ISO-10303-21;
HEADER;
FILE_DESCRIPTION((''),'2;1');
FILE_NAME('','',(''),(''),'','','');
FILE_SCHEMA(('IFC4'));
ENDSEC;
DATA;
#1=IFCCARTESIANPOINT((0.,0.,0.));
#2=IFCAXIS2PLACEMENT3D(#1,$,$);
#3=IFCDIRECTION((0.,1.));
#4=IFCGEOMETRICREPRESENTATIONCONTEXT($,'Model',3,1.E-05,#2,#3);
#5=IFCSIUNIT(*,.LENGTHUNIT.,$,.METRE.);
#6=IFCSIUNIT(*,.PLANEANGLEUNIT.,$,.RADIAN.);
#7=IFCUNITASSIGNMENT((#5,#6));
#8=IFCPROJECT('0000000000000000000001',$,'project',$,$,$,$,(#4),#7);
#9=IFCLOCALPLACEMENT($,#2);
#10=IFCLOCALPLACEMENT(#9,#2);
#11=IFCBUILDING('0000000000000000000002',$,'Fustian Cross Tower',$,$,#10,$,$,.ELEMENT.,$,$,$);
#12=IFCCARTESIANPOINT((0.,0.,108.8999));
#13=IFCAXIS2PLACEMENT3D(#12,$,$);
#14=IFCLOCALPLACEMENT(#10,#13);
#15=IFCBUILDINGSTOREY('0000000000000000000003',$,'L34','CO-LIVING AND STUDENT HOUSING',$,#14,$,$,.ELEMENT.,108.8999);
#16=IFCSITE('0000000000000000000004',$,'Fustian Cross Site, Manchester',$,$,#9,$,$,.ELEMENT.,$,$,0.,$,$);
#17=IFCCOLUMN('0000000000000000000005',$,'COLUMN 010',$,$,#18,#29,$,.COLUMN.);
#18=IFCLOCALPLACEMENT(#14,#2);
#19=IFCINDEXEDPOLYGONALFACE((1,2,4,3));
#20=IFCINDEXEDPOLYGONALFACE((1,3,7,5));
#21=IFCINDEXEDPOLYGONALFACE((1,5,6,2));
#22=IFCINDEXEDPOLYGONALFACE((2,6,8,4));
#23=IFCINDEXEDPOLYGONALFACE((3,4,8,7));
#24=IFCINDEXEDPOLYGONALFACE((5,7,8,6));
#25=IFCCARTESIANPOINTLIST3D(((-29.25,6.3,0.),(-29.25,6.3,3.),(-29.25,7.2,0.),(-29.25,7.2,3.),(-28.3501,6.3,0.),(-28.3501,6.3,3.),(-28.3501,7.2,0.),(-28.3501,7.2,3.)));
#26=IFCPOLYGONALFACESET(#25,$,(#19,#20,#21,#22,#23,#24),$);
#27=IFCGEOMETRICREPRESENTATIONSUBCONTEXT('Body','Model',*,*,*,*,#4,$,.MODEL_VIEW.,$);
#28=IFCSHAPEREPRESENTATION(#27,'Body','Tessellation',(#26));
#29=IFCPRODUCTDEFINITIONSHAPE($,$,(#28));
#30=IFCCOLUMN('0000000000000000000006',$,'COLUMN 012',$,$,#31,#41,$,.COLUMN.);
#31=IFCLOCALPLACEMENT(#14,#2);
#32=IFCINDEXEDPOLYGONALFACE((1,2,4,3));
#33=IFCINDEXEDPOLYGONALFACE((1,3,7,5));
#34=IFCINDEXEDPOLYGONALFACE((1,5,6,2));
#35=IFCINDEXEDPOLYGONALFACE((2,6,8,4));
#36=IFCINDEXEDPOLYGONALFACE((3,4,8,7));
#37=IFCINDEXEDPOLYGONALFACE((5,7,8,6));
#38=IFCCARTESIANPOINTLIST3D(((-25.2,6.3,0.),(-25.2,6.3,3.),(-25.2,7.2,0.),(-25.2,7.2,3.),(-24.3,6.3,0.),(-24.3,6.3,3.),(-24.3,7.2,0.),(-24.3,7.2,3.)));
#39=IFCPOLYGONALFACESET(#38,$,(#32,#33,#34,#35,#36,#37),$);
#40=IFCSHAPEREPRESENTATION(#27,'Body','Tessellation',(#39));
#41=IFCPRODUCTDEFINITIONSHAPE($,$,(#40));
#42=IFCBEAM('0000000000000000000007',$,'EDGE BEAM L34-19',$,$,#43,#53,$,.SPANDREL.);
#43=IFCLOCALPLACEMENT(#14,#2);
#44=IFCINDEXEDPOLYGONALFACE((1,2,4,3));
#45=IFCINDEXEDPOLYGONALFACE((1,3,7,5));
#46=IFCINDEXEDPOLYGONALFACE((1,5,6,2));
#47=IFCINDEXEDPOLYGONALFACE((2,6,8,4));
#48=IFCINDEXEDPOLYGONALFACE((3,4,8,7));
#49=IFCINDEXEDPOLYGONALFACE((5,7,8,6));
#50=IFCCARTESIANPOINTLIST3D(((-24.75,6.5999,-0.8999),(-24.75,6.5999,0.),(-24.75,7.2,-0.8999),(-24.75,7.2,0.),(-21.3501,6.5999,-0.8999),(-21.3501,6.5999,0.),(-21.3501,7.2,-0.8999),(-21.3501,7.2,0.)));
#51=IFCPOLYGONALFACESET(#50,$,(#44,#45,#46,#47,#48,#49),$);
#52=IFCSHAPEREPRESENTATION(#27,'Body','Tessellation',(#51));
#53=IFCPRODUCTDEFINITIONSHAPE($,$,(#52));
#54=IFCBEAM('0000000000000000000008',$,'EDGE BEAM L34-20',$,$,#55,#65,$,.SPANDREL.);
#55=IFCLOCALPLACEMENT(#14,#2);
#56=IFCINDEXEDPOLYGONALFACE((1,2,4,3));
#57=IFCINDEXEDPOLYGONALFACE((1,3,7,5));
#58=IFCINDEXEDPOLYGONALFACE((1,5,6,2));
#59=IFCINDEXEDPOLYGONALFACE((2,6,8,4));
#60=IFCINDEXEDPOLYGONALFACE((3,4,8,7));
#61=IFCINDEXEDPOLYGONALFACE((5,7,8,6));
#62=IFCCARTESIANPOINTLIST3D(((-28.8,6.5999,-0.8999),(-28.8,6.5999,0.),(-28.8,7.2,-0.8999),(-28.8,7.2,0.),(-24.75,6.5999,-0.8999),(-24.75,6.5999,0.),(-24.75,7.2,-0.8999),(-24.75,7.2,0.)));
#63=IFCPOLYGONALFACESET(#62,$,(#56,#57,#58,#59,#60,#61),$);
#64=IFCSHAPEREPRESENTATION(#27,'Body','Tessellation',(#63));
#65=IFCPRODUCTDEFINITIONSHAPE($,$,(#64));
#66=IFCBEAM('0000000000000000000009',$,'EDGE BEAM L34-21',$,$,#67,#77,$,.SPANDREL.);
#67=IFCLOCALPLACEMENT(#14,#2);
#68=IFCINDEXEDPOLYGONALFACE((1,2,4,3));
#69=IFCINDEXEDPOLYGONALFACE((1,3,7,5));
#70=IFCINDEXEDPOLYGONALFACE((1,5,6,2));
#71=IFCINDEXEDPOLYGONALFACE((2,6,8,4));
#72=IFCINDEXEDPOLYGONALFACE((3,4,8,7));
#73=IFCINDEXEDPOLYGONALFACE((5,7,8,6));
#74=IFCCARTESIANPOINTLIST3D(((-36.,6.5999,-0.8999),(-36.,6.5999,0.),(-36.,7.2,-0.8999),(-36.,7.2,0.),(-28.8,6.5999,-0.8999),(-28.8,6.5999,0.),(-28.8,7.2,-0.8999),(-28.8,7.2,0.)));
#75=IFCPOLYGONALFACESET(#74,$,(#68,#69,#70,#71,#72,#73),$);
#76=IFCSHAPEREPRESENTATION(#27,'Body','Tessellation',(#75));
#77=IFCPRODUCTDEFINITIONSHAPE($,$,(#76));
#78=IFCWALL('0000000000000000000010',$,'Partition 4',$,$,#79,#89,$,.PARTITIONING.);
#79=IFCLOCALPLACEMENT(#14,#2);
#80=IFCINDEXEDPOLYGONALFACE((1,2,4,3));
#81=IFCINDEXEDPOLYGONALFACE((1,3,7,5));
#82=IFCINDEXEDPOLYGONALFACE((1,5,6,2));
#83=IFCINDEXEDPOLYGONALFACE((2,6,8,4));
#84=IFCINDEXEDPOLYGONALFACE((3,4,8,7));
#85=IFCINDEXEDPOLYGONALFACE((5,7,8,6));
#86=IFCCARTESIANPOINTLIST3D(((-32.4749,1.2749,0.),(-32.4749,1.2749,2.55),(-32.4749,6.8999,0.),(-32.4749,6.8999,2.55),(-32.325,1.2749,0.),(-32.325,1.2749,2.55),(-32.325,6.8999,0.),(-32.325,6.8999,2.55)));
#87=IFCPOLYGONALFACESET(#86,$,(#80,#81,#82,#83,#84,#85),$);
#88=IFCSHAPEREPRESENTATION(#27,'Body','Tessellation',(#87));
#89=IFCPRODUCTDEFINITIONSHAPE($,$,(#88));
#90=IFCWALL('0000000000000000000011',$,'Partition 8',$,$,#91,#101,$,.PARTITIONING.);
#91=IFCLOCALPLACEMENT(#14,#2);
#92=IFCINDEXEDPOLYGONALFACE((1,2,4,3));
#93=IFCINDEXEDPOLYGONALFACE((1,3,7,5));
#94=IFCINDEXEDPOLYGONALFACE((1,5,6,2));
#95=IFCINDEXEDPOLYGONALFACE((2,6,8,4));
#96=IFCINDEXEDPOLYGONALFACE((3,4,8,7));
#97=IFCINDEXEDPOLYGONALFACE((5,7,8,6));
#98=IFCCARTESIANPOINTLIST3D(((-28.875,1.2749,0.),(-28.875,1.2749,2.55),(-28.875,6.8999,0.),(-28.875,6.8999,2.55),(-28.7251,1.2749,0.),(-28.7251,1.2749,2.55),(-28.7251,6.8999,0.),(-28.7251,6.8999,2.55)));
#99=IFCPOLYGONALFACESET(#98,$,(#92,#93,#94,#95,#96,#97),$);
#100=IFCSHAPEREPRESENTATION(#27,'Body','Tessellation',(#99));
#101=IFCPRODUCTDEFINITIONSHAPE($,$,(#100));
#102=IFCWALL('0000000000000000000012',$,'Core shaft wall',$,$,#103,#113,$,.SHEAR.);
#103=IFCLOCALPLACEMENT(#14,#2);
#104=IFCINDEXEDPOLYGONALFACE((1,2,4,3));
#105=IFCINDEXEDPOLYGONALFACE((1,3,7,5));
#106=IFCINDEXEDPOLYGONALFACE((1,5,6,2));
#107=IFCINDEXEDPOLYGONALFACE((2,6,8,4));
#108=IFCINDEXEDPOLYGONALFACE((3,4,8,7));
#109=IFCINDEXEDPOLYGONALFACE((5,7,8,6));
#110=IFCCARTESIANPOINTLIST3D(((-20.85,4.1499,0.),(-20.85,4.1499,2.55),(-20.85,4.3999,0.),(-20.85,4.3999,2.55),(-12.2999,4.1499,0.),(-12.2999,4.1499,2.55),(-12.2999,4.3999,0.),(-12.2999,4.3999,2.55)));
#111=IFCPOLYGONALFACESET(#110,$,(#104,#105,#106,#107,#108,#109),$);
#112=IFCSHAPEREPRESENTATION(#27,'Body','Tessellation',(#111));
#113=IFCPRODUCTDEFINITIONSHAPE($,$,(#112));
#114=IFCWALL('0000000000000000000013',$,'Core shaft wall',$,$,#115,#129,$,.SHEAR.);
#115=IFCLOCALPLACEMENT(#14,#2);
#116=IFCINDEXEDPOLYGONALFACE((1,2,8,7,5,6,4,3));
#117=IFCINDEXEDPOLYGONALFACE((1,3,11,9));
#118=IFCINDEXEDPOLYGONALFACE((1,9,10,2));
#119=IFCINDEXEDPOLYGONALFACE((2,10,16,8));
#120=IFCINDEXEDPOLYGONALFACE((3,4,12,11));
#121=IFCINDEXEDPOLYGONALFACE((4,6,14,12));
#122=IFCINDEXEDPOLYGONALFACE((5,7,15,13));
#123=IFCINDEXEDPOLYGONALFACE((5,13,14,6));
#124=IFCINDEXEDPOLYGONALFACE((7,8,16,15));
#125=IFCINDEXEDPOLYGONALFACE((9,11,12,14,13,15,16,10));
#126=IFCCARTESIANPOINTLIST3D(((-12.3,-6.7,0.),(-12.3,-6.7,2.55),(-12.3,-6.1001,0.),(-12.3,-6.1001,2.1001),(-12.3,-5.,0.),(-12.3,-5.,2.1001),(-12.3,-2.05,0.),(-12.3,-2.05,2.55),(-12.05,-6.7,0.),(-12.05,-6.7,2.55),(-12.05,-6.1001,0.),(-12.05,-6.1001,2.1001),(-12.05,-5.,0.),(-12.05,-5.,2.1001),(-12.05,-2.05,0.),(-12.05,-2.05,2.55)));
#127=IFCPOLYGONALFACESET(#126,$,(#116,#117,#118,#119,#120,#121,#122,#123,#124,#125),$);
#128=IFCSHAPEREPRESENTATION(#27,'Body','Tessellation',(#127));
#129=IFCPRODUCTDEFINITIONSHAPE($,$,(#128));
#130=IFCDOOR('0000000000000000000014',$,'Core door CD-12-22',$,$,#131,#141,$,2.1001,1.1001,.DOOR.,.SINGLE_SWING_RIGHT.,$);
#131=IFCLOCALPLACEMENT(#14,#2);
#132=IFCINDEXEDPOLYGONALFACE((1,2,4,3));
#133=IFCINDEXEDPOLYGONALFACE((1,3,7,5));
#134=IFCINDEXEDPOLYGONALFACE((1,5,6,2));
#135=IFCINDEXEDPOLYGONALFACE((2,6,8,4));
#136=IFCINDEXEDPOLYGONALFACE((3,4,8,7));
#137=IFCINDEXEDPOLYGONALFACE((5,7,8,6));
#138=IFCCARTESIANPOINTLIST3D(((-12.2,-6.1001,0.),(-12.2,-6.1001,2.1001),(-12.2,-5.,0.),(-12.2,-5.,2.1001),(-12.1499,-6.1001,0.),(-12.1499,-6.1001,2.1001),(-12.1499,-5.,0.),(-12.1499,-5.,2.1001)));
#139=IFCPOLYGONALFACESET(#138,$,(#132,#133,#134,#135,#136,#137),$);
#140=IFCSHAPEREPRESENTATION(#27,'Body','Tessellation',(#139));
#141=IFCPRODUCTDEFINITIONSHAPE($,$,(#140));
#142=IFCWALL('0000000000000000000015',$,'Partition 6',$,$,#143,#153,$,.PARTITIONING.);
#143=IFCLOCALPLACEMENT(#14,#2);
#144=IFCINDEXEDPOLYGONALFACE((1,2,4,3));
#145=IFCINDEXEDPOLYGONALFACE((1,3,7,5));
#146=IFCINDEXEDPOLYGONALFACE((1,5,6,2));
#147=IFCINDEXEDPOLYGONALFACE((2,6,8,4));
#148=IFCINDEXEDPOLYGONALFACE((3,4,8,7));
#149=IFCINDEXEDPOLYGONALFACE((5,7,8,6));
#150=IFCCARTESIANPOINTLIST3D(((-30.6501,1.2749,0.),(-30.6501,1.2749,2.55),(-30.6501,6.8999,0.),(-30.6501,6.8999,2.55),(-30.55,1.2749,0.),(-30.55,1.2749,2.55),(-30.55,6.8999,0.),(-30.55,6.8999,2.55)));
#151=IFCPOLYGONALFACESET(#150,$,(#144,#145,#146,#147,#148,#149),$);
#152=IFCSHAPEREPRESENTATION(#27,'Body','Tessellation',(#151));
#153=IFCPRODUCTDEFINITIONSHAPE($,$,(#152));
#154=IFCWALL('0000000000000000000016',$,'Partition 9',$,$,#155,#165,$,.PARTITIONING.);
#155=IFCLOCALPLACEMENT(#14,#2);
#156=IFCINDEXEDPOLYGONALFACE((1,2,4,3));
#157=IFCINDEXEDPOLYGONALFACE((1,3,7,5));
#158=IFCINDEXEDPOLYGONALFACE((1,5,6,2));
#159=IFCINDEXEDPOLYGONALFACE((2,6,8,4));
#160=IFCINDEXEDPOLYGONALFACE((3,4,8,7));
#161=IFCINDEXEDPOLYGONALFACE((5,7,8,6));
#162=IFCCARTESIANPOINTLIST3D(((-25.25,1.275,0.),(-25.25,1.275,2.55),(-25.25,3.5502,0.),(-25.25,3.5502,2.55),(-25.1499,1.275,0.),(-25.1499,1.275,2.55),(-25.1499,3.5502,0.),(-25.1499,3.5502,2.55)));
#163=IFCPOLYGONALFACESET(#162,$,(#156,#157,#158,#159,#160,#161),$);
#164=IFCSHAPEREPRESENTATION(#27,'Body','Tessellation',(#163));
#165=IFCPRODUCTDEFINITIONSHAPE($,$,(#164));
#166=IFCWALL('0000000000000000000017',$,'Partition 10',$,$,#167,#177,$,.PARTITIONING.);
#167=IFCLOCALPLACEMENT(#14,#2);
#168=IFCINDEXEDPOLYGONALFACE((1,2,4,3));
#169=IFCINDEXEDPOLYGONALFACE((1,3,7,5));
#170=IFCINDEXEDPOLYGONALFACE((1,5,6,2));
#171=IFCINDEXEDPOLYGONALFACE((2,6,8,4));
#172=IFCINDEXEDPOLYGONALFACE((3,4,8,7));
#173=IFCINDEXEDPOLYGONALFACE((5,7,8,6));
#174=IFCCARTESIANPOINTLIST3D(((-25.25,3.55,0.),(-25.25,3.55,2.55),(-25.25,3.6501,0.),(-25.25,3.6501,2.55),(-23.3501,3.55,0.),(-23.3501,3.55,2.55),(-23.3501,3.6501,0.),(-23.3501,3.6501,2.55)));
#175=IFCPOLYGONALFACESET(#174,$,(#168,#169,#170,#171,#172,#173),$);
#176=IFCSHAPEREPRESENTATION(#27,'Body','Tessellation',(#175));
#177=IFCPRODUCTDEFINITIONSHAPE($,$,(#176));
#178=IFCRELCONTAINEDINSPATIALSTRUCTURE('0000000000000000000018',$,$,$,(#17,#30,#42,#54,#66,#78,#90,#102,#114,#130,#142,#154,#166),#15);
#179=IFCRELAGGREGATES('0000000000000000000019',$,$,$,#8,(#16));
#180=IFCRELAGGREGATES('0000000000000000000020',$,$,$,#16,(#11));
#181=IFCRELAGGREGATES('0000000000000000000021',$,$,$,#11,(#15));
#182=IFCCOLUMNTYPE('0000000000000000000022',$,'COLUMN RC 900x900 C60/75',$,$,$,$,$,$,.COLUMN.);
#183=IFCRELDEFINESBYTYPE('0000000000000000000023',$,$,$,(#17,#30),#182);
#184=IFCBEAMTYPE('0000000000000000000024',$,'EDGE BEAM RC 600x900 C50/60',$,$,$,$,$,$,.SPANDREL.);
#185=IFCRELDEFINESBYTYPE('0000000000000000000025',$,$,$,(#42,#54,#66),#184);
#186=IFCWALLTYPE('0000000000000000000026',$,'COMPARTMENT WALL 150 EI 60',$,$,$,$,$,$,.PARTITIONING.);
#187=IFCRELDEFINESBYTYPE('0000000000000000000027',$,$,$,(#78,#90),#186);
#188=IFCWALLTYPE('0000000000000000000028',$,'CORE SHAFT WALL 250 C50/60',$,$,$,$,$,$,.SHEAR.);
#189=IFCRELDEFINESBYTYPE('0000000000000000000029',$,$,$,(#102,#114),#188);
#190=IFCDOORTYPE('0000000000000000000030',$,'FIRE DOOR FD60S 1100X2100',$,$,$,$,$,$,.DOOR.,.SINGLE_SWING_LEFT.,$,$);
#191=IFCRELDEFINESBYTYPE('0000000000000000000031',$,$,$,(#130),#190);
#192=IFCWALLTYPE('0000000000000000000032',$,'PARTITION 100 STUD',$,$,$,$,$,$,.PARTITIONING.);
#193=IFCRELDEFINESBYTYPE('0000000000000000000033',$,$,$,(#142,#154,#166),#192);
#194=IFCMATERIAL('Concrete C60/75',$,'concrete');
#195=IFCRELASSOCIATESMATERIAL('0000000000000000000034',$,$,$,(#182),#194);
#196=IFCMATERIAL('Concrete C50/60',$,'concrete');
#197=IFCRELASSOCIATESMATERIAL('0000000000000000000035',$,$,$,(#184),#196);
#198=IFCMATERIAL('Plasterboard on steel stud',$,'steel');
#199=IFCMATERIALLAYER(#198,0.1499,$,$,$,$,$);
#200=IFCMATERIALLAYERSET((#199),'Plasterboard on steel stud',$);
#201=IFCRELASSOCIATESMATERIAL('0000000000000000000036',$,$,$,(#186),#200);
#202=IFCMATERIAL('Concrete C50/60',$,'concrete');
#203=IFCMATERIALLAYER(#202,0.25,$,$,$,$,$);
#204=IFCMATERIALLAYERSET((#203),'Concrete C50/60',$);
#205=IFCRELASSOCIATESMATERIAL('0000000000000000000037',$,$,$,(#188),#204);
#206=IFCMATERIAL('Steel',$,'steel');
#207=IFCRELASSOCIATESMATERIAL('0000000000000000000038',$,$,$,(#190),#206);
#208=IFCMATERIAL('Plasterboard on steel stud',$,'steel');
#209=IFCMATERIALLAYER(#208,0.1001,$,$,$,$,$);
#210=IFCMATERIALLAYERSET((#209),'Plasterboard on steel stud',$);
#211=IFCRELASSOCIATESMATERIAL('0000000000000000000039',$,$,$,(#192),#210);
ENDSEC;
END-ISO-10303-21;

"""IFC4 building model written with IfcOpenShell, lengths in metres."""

from ifc_helpers import new_model, si_unit, direction, frame, frame_2d, origin, origin_2d, place, context, subcontext, project, spatial, rectangle, extrude, material, layer, layer_set, material_profile, profile_set, type_object, element, fill, save


model = new_model("IFC4")

# Units and contexts
model_context = context("Model", 3, precision=1e-05, world=origin(), true_north=direction((0.0, 1.0)))
body_context = subcontext(model_context, "Body", "Model", "MODEL_VIEW")
ifc_project = project(units=[si_unit("LENGTHUNIT", "METRE"), si_unit("PLANEANGLEUNIT", "RADIAN")], contexts=[model_context])

# Site, building, storey
site_placement = place(None, origin())
site = spatial("IfcSite", under=ifc_project, at=site_placement, Name="Fustian Cross Site, Manchester", CompositionType="ELEMENT", RefElevation=0.0)
building_placement = place(site_placement, origin())
building = spatial("IfcBuilding", under=site, at=building_placement, Name="Fustian Cross Tower", CompositionType="ELEMENT")
storey_placement = place(building_placement, frame((0.0, 0.0, 108.8999)))
storey = spatial("IfcBuildingStorey", under=building, at=storey_placement, Name="L34", Description="CO-LIVING AND STUDENT HOUSING", CompositionType="ELEMENT", Elevation=108.8999)

# Columns
ifc_material_1 = material(Name="Concrete C60/75", Category="concrete")
ifc_material_profile_1 = material_profile(ifc_material_1, rectangle(XDim=0.8999, YDim=0.8999, at=origin_2d()), Name="RC 900x900")
ifc_profile_set_1 = profile_set([ifc_material_profile_1], Name="Concrete C60/75")
column_type = type_object("IfcColumnType", Name="COLUMN RC 900x900 C60/75", PredefinedType="COLUMN", material=ifc_profile_set_1)
for number, where, z_axis, x_axis, name in (
    (1, (-28.8, 6.75, 0.0), (0.0, 0.0, 1.0), (1.0, 0.0, 0.0), "COLUMN 010"),
    (2, (-24.75, 6.75, 0.0), (0.0, 0.0, 1.0), (1.0, 0.0, 0.0), "COLUMN 012"),
):
    element("IfcColumn", number, at=place(storey_placement, frame(where, z_axis=z_axis, x_axis=x_axis)), inside=storey, type_object=column_type, Name=name, PredefinedType="COLUMN", context=body_context, shape_type="SweptSolid", body=[
        extrude(rectangle(XDim=0.8999, YDim=0.8999, at=origin_2d()), origin(), (0.0, 0.0, 1.0), 3.0),
    ])

# Beams
ifc_material_2 = material(Name="Concrete C50/60", Category="concrete")
ifc_material_profile_2 = material_profile(ifc_material_2, rectangle(XDim=0.6001, YDim=0.8999, at=origin_2d()), Name="RC 600x900")
ifc_profile_set_2 = profile_set([ifc_material_profile_2], Name="Concrete C50/60")
beam_type = type_object("IfcBeamType", Name="EDGE BEAM RC 600x900 C50/60", PredefinedType="SPANDREL", material=ifc_profile_set_2)
beam_1_placement = place(storey_placement, frame((-21.3501, 6.8999, -0.45), z_axis=(-1.0, 0.0, 0.0), x_axis=(0.0, -1.0, 0.0)))
element("IfcBeam", 3, at=beam_1_placement, inside=storey, type_object=beam_type, Name="EDGE BEAM L34-19", PredefinedType="SPANDREL", context=body_context, shape_type="SweptSolid", body=[
    extrude(rectangle(XDim=0.6001, YDim=0.8999, at=origin_2d()), origin(), (0.0, 0.0, 1.0), 3.3999),
])
beam_2_placement = place(storey_placement, frame((-24.75, 6.8999, -0.45), z_axis=(-1.0, 0.0, 0.0), x_axis=(0.0, -1.0, 0.0)))
element("IfcBeam", 4, at=beam_2_placement, inside=storey, type_object=beam_type, Name="EDGE BEAM L34-20", PredefinedType="SPANDREL", context=body_context, shape_type="SweptSolid", body=[
    extrude(rectangle(XDim=0.6001, YDim=0.8999, at=origin_2d()), origin(), (0.0, 0.0, 1.0), 4.05),
])
beam_3_placement = place(storey_placement, frame((-28.8, 6.8999, -0.45), z_axis=(-1.0, 0.0, 0.0), x_axis=(0.0, -1.0, 0.0)))
element("IfcBeam", 5, at=beam_3_placement, inside=storey, type_object=beam_type, Name="EDGE BEAM L34-21", PredefinedType="SPANDREL", context=body_context, shape_type="SweptSolid", body=[
    extrude(rectangle(XDim=0.6001, YDim=0.8999, at=origin_2d()), origin(), (0.0, 0.0, 1.0), 7.2),
])

# Walls
ifc_material_3 = material(Name="Plasterboard on steel stud", Category="steel")
ifc_layer_1 = layer(ifc_material_3, 0.1499)
ifc_layer_set_1 = layer_set([ifc_layer_1], Name="Plasterboard on steel stud")
wall_type_1 = type_object("IfcWallType", Name="COMPARTMENT WALL 150 EI 60", PredefinedType="PARTITIONING", material=ifc_layer_set_1)
for number, where, z_axis, x_axis, name in (
    (6, (-32.3999, 1.2749, 0.0), (0.0, 0.0, 1.0), (0.0, 1.0, 0.0), "Partition 4"),
    (7, (-28.8, 1.2749, 0.0), (0.0, 0.0, 1.0), (0.0, 1.0, 0.0), "Partition 8"),
):
    element("IfcWall", number, at=place(storey_placement, frame(where, z_axis=z_axis, x_axis=x_axis)), inside=storey, type_object=wall_type_1, Name=name, PredefinedType="PARTITIONING", context=body_context, shape_type="SweptSolid", body=[
        extrude(rectangle(XDim=5.625, YDim=0.1499, at=frame_2d((2.8125, 0.0))), origin(), (0.0, 0.0, 1.0), 2.55),
    ])
ifc_material_4 = material(Name="Concrete C50/60", Category="concrete")
ifc_layer_2 = layer(ifc_material_4, 0.25)
ifc_layer_set_2 = layer_set([ifc_layer_2], Name="Concrete C50/60")
wall_type_2 = type_object("IfcWallType", Name="CORE SHAFT WALL 250 C50/60", PredefinedType="SHEAR", material=ifc_layer_set_2)
wall_1_placement = place(storey_placement, frame((-12.3, 4.2749, 0.0), z_axis=(0.0, 0.0, 1.0), x_axis=(-1.0, 0.0, 0.0)))
element("IfcWall", 8, at=wall_1_placement, inside=storey, type_object=wall_type_2, Name="Core shaft wall", PredefinedType="SHEAR", context=body_context, shape_type="SweptSolid", body=[
    extrude(rectangle(XDim=8.55, YDim=0.25, at=frame_2d((4.2749, 0.0))), origin(), (0.0, 0.0, 1.0), 2.55),
])

# Wall, opening, door
wall_2_placement = place(storey_placement, frame((-12.175, -2.05, 0.0), z_axis=(0.0, 0.0, 1.0), x_axis=(0.0, -1.0, 0.0)))
wall_2 = element("IfcWall", 9, at=wall_2_placement, inside=storey, type_object=wall_type_2, Name="Core shaft wall", PredefinedType="SHEAR", context=body_context, shape_type="SweptSolid", body=[
    extrude(rectangle(XDim=4.6499, YDim=0.25, at=frame_2d((2.325, 0.0))), origin(), (0.0, 0.0, 1.0), 2.55),
])
opening_1_placement = place(wall_2_placement, frame((2.95, 0.0, 0.0)))
opening_1 = element("IfcOpeningElement", 10, at=opening_1_placement, cuts=wall_2, PredefinedType="OPENING", context=body_context, shape_type="SweptSolid", body=[
    extrude(rectangle(XDim=1.1001, YDim=2.1001, at=frame_2d((0.55, 1.05))), frame((0.0, 0.135, 0.0), z_axis=(0.0, -1.0, 0.0), x_axis=(1.0, 0.0, 0.0)), (0.0, 0.0, 1.0), 0.27),
])
ifc_material_5 = material(Name="Steel", Category="steel")
door_type_1 = type_object("IfcDoorType", Name="FIRE DOOR FD60S 1100X2100", OperationType="SINGLE_SWING_LEFT", PredefinedType="DOOR", material=ifc_material_5)
door_1_placement = place(opening_1_placement, frame((1.1001, 0.0, 0.0), z_axis=(0.0, 0.0, 1.0), x_axis=(-1.0, 0.0, 0.0)))
door_1 = element("IfcDoor", 11, at=door_1_placement, inside=storey, type_object=door_type_1, Name="Core door CD-12-22", OperationType="SINGLE_SWING_RIGHT", OverallHeight=2.1001, OverallWidth=1.1001, PredefinedType="DOOR", context=body_context, shape_type="SweptSolid", body=[
    extrude(rectangle(XDim=1.1001, YDim=2.1001, at=frame_2d((0.55, 1.05))), frame((0.0, 0.0249, 0.0), z_axis=(0.0, -1.0, 0.0), x_axis=(1.0, 0.0, 0.0)), (0.0, 0.0, 1.0), 0.05),
])
fill(opening_1, door_1)

# Walls
ifc_material_6 = material(Name="Plasterboard on steel stud", Category="steel")
ifc_layer_3 = layer(ifc_material_6, 0.1001)
ifc_layer_set_3 = layer_set([ifc_layer_3], Name="Plasterboard on steel stud")
wall_type_3 = type_object("IfcWallType", Name="PARTITION 100 STUD", PredefinedType="PARTITIONING", material=ifc_layer_set_3)
wall_3_placement = place(storey_placement, frame((-30.6001, 1.2749, 0.0), z_axis=(0.0, 0.0, 1.0), x_axis=(0.0, 1.0, 0.0)))
element("IfcWall", 12, at=wall_3_placement, inside=storey, type_object=wall_type_3, Name="Partition 6", PredefinedType="PARTITIONING", context=body_context, shape_type="SweptSolid", body=[
    extrude(rectangle(XDim=5.625, YDim=0.1001, at=frame_2d((2.8125, 0.0))), origin(), (0.0, 0.0, 1.0), 2.55),
])
wall_4_placement = place(storey_placement, frame((-25.2, 1.2749, 0.0), z_axis=(0.0, 0.0, 1.0), x_axis=(0.0, 1.0, 0.0)))
element("IfcWall", 13, at=wall_4_placement, inside=storey, type_object=wall_type_3, Name="Partition 9", PredefinedType="PARTITIONING", context=body_context, shape_type="SweptSolid", body=[
    extrude(rectangle(XDim=2.2751, YDim=0.1001, at=frame_2d((1.1377, 0.0))), origin(), (0.0, 0.0, 1.0), 2.55),
])
wall_5_placement = place(storey_placement, frame((-25.25, 3.6001, 0.0), z_axis=(0.0, 0.0, 1.0), x_axis=(1.0, 0.0, 0.0)))
element("IfcWall", 14, at=wall_5_placement, inside=storey, type_object=wall_type_3, Name="Partition 10", PredefinedType="PARTITIONING", context=body_context, shape_type="SweptSolid", body=[
    extrude(rectangle(XDim=1.8999, YDim=0.1001, at=frame_2d((0.95, 0.0))), origin(), (0.0, 0.0, 1.0), 2.55),
])

save(model, "model.ifc")
